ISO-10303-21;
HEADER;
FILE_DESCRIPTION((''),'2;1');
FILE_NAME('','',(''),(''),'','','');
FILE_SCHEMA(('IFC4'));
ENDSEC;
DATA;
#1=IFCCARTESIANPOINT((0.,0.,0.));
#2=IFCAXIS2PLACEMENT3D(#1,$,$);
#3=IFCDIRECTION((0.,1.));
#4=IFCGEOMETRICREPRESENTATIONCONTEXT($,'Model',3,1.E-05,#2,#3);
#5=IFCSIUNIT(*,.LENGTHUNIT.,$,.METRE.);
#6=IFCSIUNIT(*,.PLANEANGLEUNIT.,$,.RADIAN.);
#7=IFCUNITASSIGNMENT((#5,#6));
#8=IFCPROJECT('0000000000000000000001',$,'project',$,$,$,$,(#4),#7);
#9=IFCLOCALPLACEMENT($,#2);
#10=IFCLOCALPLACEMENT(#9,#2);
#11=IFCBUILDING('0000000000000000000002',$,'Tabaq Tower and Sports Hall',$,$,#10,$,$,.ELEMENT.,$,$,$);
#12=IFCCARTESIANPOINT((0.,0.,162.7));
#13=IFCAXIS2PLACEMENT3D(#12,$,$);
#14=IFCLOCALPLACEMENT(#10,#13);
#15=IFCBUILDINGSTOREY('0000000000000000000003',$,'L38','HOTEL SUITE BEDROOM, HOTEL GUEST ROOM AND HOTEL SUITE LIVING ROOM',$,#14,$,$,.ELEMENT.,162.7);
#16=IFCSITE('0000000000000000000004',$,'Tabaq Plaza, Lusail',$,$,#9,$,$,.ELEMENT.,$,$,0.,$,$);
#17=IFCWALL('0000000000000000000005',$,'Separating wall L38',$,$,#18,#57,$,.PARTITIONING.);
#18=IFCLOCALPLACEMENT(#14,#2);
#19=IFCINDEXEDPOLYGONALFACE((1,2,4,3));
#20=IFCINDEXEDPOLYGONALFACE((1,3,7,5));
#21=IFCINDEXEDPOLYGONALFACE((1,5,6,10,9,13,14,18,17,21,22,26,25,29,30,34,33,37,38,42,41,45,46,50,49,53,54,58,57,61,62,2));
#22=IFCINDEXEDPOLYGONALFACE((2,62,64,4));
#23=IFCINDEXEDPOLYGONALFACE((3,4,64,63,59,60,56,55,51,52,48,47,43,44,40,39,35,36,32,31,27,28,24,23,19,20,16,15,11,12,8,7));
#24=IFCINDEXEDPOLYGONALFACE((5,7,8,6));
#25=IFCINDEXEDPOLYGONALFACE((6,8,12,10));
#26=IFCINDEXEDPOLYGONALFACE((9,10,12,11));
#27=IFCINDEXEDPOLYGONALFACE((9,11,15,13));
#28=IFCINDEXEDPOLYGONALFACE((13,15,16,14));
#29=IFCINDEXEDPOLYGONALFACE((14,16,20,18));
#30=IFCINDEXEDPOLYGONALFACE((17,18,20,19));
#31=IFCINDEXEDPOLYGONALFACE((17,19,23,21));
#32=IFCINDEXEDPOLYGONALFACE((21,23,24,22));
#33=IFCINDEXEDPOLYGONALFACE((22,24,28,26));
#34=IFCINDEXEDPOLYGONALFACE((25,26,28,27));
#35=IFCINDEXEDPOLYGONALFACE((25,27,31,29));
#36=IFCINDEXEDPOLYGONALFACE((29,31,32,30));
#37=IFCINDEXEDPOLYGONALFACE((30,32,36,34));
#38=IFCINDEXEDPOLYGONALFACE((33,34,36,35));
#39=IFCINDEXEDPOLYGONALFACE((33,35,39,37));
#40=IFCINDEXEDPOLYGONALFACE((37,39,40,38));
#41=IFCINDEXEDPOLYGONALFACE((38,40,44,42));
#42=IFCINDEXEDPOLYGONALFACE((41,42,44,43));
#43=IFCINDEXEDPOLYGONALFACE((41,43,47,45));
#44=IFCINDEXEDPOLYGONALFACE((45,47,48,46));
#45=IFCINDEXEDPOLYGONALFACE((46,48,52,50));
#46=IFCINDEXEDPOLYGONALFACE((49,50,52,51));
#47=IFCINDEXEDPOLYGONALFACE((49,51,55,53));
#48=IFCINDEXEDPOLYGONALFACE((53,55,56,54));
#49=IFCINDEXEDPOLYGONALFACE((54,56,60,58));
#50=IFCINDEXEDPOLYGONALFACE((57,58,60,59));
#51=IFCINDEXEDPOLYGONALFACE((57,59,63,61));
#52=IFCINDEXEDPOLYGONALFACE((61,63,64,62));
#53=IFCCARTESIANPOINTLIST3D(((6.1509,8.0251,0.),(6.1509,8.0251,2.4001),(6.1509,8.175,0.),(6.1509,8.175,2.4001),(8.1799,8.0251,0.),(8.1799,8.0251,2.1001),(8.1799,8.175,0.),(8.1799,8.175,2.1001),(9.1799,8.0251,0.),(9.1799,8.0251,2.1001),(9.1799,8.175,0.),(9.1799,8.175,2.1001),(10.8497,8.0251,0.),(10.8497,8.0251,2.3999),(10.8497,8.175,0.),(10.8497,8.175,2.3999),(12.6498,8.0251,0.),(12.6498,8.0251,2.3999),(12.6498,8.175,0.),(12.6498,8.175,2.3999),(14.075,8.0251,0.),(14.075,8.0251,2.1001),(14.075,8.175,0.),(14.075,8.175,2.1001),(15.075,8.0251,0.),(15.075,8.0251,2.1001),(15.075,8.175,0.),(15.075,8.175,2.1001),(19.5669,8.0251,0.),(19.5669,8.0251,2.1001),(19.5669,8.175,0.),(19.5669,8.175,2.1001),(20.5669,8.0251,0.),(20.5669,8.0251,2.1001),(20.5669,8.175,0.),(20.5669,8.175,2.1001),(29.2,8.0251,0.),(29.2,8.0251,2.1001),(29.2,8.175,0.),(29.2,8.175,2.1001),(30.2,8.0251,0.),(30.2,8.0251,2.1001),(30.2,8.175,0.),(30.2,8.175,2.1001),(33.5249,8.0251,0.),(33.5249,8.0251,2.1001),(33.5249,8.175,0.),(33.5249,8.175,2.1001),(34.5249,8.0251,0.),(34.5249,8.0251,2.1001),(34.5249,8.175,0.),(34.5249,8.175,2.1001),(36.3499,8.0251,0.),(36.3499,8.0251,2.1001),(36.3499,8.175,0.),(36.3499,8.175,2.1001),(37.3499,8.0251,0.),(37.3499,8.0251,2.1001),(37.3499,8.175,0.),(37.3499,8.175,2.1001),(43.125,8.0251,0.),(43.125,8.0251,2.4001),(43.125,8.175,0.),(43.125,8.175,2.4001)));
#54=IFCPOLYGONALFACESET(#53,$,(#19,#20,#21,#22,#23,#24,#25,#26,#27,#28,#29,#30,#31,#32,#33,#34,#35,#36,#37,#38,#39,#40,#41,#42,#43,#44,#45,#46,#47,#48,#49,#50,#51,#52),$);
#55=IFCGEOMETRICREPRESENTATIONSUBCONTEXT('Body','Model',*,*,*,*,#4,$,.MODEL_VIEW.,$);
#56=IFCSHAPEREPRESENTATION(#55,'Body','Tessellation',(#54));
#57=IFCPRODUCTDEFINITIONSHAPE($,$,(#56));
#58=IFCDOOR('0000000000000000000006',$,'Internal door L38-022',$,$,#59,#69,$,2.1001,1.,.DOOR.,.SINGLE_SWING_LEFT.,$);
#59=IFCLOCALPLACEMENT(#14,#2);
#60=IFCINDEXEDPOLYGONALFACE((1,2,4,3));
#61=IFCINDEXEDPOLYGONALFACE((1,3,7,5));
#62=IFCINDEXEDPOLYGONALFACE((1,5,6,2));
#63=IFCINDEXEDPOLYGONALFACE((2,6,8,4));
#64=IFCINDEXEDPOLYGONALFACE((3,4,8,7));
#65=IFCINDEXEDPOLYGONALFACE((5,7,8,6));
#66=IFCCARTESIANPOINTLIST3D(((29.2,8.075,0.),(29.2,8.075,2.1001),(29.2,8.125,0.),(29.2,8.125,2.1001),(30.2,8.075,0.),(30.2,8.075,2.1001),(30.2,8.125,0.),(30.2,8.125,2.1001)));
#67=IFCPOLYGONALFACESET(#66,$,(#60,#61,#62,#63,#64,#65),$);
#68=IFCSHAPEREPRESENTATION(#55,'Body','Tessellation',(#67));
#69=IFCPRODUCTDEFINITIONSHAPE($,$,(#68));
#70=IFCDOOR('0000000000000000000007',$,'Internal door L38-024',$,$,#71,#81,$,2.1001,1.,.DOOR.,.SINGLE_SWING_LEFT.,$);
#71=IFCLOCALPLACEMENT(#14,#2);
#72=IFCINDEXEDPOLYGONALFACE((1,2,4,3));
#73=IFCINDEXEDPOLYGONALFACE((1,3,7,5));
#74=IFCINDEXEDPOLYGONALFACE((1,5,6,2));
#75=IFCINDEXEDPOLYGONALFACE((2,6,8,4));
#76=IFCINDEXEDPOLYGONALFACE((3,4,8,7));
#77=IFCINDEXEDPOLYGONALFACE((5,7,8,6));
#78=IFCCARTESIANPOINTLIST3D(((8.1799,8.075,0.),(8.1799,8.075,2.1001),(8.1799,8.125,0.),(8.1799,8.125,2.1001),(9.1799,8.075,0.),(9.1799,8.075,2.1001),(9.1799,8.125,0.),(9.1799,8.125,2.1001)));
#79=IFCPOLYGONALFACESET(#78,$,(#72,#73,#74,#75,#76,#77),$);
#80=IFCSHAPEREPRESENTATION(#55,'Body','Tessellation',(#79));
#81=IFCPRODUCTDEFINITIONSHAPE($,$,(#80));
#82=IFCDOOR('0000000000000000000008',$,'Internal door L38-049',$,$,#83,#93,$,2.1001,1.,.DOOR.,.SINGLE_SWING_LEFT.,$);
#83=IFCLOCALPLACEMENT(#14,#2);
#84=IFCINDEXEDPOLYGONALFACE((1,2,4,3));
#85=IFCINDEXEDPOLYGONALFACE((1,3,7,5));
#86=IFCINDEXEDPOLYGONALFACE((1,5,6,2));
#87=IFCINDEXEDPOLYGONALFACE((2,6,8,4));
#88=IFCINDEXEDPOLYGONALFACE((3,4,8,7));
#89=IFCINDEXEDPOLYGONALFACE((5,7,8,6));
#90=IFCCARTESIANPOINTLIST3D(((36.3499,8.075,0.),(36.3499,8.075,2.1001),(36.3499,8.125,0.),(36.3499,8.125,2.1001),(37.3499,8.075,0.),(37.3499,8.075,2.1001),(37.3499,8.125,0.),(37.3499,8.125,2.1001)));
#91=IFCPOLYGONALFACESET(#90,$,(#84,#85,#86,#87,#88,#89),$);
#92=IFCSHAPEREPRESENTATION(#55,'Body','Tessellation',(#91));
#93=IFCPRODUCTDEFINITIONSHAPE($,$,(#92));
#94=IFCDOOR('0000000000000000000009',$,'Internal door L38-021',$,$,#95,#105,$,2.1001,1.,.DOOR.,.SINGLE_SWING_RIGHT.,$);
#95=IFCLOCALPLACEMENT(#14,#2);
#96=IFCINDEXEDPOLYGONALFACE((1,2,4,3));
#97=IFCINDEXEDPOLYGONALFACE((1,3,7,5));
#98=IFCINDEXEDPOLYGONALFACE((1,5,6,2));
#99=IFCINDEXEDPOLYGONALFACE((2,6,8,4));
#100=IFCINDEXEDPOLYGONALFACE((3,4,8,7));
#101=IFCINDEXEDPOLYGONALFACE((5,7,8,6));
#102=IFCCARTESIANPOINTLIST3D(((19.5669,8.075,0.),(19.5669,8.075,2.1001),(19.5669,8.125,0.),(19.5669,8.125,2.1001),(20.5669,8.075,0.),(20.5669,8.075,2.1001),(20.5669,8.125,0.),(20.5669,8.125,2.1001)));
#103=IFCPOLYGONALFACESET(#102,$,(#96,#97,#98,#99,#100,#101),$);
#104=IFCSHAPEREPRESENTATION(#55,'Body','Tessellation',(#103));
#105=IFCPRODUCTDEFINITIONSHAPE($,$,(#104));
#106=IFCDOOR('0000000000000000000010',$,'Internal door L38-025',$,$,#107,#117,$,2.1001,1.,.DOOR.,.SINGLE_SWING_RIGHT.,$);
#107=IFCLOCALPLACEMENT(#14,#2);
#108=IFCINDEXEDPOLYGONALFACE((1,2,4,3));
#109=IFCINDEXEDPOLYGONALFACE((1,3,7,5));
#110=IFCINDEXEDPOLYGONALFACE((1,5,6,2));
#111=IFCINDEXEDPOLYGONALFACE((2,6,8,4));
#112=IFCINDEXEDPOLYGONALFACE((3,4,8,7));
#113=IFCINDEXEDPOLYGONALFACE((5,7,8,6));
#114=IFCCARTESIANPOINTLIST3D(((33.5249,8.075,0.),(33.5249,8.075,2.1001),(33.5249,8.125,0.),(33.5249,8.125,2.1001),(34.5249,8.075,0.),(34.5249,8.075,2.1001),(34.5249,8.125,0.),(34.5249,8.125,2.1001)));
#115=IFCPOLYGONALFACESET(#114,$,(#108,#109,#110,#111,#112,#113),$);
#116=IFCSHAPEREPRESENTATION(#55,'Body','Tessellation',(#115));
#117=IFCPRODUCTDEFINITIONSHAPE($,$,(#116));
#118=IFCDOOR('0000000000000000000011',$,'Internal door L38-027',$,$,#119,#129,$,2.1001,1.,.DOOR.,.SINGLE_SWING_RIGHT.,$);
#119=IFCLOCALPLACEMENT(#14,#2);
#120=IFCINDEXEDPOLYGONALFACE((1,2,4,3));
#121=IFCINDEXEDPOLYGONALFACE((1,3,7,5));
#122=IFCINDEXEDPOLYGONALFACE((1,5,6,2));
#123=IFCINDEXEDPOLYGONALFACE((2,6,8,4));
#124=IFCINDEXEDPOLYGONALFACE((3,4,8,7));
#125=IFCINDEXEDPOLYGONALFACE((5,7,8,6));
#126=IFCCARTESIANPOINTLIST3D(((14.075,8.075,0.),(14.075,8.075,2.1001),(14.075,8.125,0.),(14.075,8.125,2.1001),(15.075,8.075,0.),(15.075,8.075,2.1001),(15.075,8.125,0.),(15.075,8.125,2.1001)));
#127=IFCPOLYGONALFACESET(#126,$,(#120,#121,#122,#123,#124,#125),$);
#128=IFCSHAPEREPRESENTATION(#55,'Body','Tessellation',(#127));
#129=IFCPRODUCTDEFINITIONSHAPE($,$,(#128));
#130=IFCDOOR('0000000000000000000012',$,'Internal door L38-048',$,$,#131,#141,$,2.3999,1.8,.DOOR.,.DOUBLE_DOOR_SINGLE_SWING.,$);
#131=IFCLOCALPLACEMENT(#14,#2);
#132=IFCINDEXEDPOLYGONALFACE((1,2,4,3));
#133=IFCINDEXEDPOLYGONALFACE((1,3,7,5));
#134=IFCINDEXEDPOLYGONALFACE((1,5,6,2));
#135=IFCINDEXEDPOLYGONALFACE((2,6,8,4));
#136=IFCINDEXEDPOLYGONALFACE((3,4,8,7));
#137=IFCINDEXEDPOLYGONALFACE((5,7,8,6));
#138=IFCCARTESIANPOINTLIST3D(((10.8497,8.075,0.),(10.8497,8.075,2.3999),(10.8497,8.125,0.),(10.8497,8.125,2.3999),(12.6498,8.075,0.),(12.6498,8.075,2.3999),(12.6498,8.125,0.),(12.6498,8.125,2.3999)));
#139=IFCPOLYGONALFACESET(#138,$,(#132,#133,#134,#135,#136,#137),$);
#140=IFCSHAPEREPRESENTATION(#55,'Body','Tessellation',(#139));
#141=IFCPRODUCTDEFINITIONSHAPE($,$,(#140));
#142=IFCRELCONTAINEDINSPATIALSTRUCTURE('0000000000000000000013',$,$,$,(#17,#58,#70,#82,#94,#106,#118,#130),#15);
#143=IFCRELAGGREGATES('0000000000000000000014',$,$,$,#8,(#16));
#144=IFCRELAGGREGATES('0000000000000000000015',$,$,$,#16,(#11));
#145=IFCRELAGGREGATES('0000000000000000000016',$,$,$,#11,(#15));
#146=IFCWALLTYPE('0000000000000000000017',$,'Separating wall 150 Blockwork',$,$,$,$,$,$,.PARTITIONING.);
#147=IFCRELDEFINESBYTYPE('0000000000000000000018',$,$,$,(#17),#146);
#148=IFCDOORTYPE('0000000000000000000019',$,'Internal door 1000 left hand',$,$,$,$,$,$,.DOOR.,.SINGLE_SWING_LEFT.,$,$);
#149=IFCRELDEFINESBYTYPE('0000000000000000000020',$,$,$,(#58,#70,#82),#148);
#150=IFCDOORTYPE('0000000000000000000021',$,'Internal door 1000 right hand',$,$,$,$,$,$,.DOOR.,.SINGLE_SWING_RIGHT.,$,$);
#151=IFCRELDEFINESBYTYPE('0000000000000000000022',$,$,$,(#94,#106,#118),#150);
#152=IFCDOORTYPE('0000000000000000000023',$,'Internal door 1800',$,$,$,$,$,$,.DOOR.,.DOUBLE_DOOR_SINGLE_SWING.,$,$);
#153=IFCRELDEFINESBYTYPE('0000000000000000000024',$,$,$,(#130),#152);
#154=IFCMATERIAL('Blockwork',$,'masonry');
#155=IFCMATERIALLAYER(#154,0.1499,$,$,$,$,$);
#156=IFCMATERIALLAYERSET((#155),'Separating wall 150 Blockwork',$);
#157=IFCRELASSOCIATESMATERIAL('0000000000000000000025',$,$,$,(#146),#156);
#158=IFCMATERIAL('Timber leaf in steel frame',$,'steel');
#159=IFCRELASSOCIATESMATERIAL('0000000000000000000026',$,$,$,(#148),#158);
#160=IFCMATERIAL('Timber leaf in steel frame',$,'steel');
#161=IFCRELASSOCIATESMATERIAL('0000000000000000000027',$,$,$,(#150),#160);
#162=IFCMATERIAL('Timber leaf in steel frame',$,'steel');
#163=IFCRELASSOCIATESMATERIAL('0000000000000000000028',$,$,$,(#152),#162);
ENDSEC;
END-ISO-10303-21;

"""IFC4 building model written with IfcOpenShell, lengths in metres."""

from ifc_helpers import new_model, si_unit, direction, frame, frame_2d, origin, place, context, subcontext, project, spatial, rectangle, extrude, material, layer, layer_set, type_object, element, fill, save


model = new_model("IFC4")

# Units and contexts
model_context = context("Model", 3, precision=1e-05, world=origin(), true_north=direction((0.0, 1.0)))
body_context = subcontext(model_context, "Body", "Model", "MODEL_VIEW")
ifc_project = project(units=[si_unit("LENGTHUNIT", "METRE"), si_unit("PLANEANGLEUNIT", "RADIAN")], contexts=[model_context])

# Site, building, storey
site_placement = place(None, origin())
site = spatial("IfcSite", under=ifc_project, at=site_placement, Name="Tabaq Plaza, Lusail", CompositionType="ELEMENT", RefElevation=0.0)
building_placement = place(site_placement, origin())
building = spatial("IfcBuilding", under=site, at=building_placement, Name="Tabaq Tower and Sports Hall", CompositionType="ELEMENT")
storey_placement = place(building_placement, frame((0.0, 0.0, 162.7)))
storey = spatial("IfcBuildingStorey", under=building, at=storey_placement, Name="L38", Description="HOTEL SUITE BEDROOM, HOTEL GUEST ROOM AND HOTEL SUITE LIVING ROOM", CompositionType="ELEMENT", Elevation=162.7)

# Wall, openings, doors
ifc_material_1 = material(Name="Blockwork", Category="masonry")
ifc_layer_1 = layer(ifc_material_1, 0.1499)
ifc_layer_set_1 = layer_set([ifc_layer_1], Name="Separating wall 150 Blockwork")
wall_type_1 = type_object("IfcWallType", Name="Separating wall 150 Blockwork", PredefinedType="PARTITIONING", material=ifc_layer_set_1)
wall_1_placement = place(storey_placement, frame((6.1509, 8.1001, 0.0), z_axis=(0.0, 0.0, 1.0), x_axis=(1.0, 0.0, 0.0)))
wall_1 = element("IfcWall", 1, at=wall_1_placement, inside=storey, type_object=wall_type_1, Name="Separating wall L38", PredefinedType="PARTITIONING", context=body_context, shape_type="SweptSolid", body=[
    extrude(rectangle(XDim=36.9741, YDim=0.1499, at=frame_2d((18.4871, 0.0))), origin(), (0.0, 0.0, 1.0), 2.4001),
])
opening_1_placement = place(wall_1_placement, frame((13.416, 0.0, 0.0)))
opening_1 = element("IfcOpeningElement", 2, at=opening_1_placement, cuts=wall_1, PredefinedType="OPENING", context=body_context, shape_type="SweptSolid", body=[
    extrude(rectangle(XDim=1.0, YDim=2.1001, at=frame_2d((0.5, 1.05))), frame((0.0, 0.075, 0.0), z_axis=(0.0, -1.0, 0.0), x_axis=(1.0, 0.0, 0.0)), (0.0, 0.0, 1.0), 0.1499),
])
opening_2_placement = place(wall_1_placement, frame((23.0491, 0.0, 0.0)))
opening_2 = element("IfcOpeningElement", 3, at=opening_2_placement, cuts=wall_1, PredefinedType="OPENING", context=body_context, shape_type="SweptSolid", body=[
    extrude(rectangle(XDim=1.0, YDim=2.1001, at=frame_2d((0.5, 1.05))), frame((0.0, 0.075, 0.0), z_axis=(0.0, -1.0, 0.0), x_axis=(1.0, 0.0, 0.0)), (0.0, 0.0, 1.0), 0.1499),
])
opening_3_placement = place(wall_1_placement, frame((2.0291, 0.0, 0.0)))
opening_3 = element("IfcOpeningElement", 4, at=opening_3_placement, cuts=wall_1, PredefinedType="OPENING", context=body_context, shape_type="SweptSolid", body=[
    extrude(rectangle(XDim=1.0, YDim=2.1001, at=frame_2d((0.5, 1.05))), frame((0.0, 0.075, 0.0), z_axis=(0.0, -1.0, 0.0), x_axis=(1.0, 0.0, 0.0)), (0.0, 0.0, 1.0), 0.1499),
])
opening_4_placement = place(wall_1_placement, frame((27.374, 0.0, 0.0)))
opening_4 = element("IfcOpeningElement", 5, at=opening_4_placement, cuts=wall_1, PredefinedType="OPENING", context=body_context, shape_type="SweptSolid", body=[
    extrude(rectangle(XDim=1.0, YDim=2.1001, at=frame_2d((0.5, 1.05))), frame((0.0, 0.075, 0.0), z_axis=(0.0, -1.0, 0.0), x_axis=(1.0, 0.0, 0.0)), (0.0, 0.0, 1.0), 0.1499),
])
opening_5_placement = place(wall_1_placement, frame((7.9241, 0.0, 0.0)))
opening_5 = element("IfcOpeningElement", 6, at=opening_5_placement, cuts=wall_1, PredefinedType="OPENING", context=body_context, shape_type="SweptSolid", body=[
    extrude(rectangle(XDim=1.0, YDim=2.1001, at=frame_2d((0.5, 1.05))), frame((0.0, 0.075, 0.0), z_axis=(0.0, -1.0, 0.0), x_axis=(1.0, 0.0, 0.0)), (0.0, 0.0, 1.0), 0.1499),
])
opening_6_placement = place(wall_1_placement, frame((4.699, 0.0, 0.0)))
opening_6 = element("IfcOpeningElement", 7, at=opening_6_placement, cuts=wall_1, PredefinedType="OPENING", context=body_context, shape_type="SweptSolid", body=[
    extrude(rectangle(XDim=1.8, YDim=2.3999, at=frame_2d((0.8999, 1.2))), frame((0.0, 0.075, 0.0), z_axis=(0.0, -1.0, 0.0), x_axis=(1.0, 0.0, 0.0)), (0.0, 0.0, 1.0), 0.1499),
])
opening_7_placement = place(wall_1_placement, frame((30.199, 0.0, 0.0)))
opening_7 = element("IfcOpeningElement", 8, at=opening_7_placement, cuts=wall_1, PredefinedType="OPENING", context=body_context, shape_type="SweptSolid", body=[
    extrude(rectangle(XDim=1.0, YDim=2.1001, at=frame_2d((0.5, 1.05))), frame((0.0, 0.075, 0.0), z_axis=(0.0, -1.0, 0.0), x_axis=(1.0, 0.0, 0.0)), (0.0, 0.0, 1.0), 0.1499),
])
ifc_material_2 = material(Name="Timber leaf in steel frame", Category="steel")
door_type_1 = type_object("IfcDoorType", Name="Internal door 1000 left hand", OperationType="SINGLE_SWING_LEFT", PredefinedType="DOOR", material=ifc_material_2)
door_1_placement = place(opening_2_placement, origin())
door_1 = element("IfcDoor", 9, at=door_1_placement, inside=storey, type_object=door_type_1, Name="Internal door L38-022", OperationType="SINGLE_SWING_LEFT", OverallHeight=2.1001, OverallWidth=1.0, PredefinedType="DOOR", context=body_context, shape_type="SweptSolid", body=[
    extrude(rectangle(XDim=1.0, YDim=2.1001, at=frame_2d((0.5, 1.05))), frame((0.0, 0.0249, 0.0), z_axis=(0.0, -1.0, 0.0), x_axis=(1.0, 0.0, 0.0)), (0.0, 0.0, 1.0), 0.05),
])
fill(opening_2, door_1)
door_2_placement = place(opening_3_placement, origin())
door_2 = element("IfcDoor", 10, at=door_2_placement, inside=storey, type_object=door_type_1, Name="Internal door L38-024", OperationType="SINGLE_SWING_LEFT", OverallHeight=2.1001, OverallWidth=1.0, PredefinedType="DOOR", context=body_context, shape_type="SweptSolid", body=[
    extrude(rectangle(XDim=1.0, YDim=2.1001, at=frame_2d((0.5, 1.05))), frame((0.0, 0.0249, 0.0), z_axis=(0.0, -1.0, 0.0), x_axis=(1.0, 0.0, 0.0)), (0.0, 0.0, 1.0), 0.05),
])
fill(opening_3, door_2)
door_3_placement = place(opening_7_placement, origin())
door_3 = element("IfcDoor", 11, at=door_3_placement, inside=storey, type_object=door_type_1, Name="Internal door L38-049", OperationType="SINGLE_SWING_LEFT", OverallHeight=2.1001, OverallWidth=1.0, PredefinedType="DOOR", context=body_context, shape_type="SweptSolid", body=[
    extrude(rectangle(XDim=1.0, YDim=2.1001, at=frame_2d((0.5, 1.05))), frame((0.0, 0.0249, 0.0), z_axis=(0.0, -1.0, 0.0), x_axis=(1.0, 0.0, 0.0)), (0.0, 0.0, 1.0), 0.05),
])
fill(opening_7, door_3)
ifc_material_3 = material(Name="Timber leaf in steel frame", Category="steel")
door_type_2 = type_object("IfcDoorType", Name="Internal door 1000 right hand", OperationType="SINGLE_SWING_RIGHT", PredefinedType="DOOR", material=ifc_material_3)
door_4_placement = place(opening_1_placement, origin())
door_4 = element("IfcDoor", 12, at=door_4_placement, inside=storey, type_object=door_type_2, Name="Internal door L38-021", OperationType="SINGLE_SWING_RIGHT", OverallHeight=2.1001, OverallWidth=1.0, PredefinedType="DOOR", context=body_context, shape_type="SweptSolid", body=[
    extrude(rectangle(XDim=1.0, YDim=2.1001, at=frame_2d((0.5, 1.05))), frame((0.0, 0.0249, 0.0), z_axis=(0.0, -1.0, 0.0), x_axis=(1.0, 0.0, 0.0)), (0.0, 0.0, 1.0), 0.05),
])
fill(opening_1, door_4)
door_5_placement = place(opening_4_placement, origin())
door_5 = element("IfcDoor", 13, at=door_5_placement, inside=storey, type_object=door_type_2, Name="Internal door L38-025", OperationType="SINGLE_SWING_RIGHT", OverallHeight=2.1001, OverallWidth=1.0, PredefinedType="DOOR", context=body_context, shape_type="SweptSolid", body=[
    extrude(rectangle(XDim=1.0, YDim=2.1001, at=frame_2d((0.5, 1.05))), frame((0.0, 0.0249, 0.0), z_axis=(0.0, -1.0, 0.0), x_axis=(1.0, 0.0, 0.0)), (0.0, 0.0, 1.0), 0.05),
])
fill(opening_4, door_5)
door_6_placement = place(opening_5_placement, origin())
door_6 = element("IfcDoor", 14, at=door_6_placement, inside=storey, type_object=door_type_2, Name="Internal door L38-027", OperationType="SINGLE_SWING_RIGHT", OverallHeight=2.1001, OverallWidth=1.0, PredefinedType="DOOR", context=body_context, shape_type="SweptSolid", body=[
    extrude(rectangle(XDim=1.0, YDim=2.1001, at=frame_2d((0.5, 1.05))), frame((0.0, 0.0249, 0.0), z_axis=(0.0, -1.0, 0.0), x_axis=(1.0, 0.0, 0.0)), (0.0, 0.0, 1.0), 0.05),
])
fill(opening_5, door_6)
ifc_material_4 = material(Name="Timber leaf in steel frame", Category="steel")
door_type_3 = type_object("IfcDoorType", Name="Internal door 1800", OperationType="DOUBLE_DOOR_SINGLE_SWING", PredefinedType="DOOR", material=ifc_material_4)
door_7_placement = place(opening_6_placement, origin())
door_7 = element("IfcDoor", 15, at=door_7_placement, inside=storey, type_object=door_type_3, Name="Internal door L38-048", OperationType="DOUBLE_DOOR_SINGLE_SWING", OverallHeight=2.3999, OverallWidth=1.8, PredefinedType="DOOR", context=body_context, shape_type="SweptSolid", body=[
    extrude(rectangle(XDim=1.8, YDim=2.3999, at=frame_2d((0.8999, 1.2))), frame((0.0, 0.0249, 0.0), z_axis=(0.0, -1.0, 0.0), x_axis=(1.0, 0.0, 0.0)), (0.0, 0.0, 1.0), 0.05),
])
fill(opening_6, door_7)

save(model, "model.ifc")
